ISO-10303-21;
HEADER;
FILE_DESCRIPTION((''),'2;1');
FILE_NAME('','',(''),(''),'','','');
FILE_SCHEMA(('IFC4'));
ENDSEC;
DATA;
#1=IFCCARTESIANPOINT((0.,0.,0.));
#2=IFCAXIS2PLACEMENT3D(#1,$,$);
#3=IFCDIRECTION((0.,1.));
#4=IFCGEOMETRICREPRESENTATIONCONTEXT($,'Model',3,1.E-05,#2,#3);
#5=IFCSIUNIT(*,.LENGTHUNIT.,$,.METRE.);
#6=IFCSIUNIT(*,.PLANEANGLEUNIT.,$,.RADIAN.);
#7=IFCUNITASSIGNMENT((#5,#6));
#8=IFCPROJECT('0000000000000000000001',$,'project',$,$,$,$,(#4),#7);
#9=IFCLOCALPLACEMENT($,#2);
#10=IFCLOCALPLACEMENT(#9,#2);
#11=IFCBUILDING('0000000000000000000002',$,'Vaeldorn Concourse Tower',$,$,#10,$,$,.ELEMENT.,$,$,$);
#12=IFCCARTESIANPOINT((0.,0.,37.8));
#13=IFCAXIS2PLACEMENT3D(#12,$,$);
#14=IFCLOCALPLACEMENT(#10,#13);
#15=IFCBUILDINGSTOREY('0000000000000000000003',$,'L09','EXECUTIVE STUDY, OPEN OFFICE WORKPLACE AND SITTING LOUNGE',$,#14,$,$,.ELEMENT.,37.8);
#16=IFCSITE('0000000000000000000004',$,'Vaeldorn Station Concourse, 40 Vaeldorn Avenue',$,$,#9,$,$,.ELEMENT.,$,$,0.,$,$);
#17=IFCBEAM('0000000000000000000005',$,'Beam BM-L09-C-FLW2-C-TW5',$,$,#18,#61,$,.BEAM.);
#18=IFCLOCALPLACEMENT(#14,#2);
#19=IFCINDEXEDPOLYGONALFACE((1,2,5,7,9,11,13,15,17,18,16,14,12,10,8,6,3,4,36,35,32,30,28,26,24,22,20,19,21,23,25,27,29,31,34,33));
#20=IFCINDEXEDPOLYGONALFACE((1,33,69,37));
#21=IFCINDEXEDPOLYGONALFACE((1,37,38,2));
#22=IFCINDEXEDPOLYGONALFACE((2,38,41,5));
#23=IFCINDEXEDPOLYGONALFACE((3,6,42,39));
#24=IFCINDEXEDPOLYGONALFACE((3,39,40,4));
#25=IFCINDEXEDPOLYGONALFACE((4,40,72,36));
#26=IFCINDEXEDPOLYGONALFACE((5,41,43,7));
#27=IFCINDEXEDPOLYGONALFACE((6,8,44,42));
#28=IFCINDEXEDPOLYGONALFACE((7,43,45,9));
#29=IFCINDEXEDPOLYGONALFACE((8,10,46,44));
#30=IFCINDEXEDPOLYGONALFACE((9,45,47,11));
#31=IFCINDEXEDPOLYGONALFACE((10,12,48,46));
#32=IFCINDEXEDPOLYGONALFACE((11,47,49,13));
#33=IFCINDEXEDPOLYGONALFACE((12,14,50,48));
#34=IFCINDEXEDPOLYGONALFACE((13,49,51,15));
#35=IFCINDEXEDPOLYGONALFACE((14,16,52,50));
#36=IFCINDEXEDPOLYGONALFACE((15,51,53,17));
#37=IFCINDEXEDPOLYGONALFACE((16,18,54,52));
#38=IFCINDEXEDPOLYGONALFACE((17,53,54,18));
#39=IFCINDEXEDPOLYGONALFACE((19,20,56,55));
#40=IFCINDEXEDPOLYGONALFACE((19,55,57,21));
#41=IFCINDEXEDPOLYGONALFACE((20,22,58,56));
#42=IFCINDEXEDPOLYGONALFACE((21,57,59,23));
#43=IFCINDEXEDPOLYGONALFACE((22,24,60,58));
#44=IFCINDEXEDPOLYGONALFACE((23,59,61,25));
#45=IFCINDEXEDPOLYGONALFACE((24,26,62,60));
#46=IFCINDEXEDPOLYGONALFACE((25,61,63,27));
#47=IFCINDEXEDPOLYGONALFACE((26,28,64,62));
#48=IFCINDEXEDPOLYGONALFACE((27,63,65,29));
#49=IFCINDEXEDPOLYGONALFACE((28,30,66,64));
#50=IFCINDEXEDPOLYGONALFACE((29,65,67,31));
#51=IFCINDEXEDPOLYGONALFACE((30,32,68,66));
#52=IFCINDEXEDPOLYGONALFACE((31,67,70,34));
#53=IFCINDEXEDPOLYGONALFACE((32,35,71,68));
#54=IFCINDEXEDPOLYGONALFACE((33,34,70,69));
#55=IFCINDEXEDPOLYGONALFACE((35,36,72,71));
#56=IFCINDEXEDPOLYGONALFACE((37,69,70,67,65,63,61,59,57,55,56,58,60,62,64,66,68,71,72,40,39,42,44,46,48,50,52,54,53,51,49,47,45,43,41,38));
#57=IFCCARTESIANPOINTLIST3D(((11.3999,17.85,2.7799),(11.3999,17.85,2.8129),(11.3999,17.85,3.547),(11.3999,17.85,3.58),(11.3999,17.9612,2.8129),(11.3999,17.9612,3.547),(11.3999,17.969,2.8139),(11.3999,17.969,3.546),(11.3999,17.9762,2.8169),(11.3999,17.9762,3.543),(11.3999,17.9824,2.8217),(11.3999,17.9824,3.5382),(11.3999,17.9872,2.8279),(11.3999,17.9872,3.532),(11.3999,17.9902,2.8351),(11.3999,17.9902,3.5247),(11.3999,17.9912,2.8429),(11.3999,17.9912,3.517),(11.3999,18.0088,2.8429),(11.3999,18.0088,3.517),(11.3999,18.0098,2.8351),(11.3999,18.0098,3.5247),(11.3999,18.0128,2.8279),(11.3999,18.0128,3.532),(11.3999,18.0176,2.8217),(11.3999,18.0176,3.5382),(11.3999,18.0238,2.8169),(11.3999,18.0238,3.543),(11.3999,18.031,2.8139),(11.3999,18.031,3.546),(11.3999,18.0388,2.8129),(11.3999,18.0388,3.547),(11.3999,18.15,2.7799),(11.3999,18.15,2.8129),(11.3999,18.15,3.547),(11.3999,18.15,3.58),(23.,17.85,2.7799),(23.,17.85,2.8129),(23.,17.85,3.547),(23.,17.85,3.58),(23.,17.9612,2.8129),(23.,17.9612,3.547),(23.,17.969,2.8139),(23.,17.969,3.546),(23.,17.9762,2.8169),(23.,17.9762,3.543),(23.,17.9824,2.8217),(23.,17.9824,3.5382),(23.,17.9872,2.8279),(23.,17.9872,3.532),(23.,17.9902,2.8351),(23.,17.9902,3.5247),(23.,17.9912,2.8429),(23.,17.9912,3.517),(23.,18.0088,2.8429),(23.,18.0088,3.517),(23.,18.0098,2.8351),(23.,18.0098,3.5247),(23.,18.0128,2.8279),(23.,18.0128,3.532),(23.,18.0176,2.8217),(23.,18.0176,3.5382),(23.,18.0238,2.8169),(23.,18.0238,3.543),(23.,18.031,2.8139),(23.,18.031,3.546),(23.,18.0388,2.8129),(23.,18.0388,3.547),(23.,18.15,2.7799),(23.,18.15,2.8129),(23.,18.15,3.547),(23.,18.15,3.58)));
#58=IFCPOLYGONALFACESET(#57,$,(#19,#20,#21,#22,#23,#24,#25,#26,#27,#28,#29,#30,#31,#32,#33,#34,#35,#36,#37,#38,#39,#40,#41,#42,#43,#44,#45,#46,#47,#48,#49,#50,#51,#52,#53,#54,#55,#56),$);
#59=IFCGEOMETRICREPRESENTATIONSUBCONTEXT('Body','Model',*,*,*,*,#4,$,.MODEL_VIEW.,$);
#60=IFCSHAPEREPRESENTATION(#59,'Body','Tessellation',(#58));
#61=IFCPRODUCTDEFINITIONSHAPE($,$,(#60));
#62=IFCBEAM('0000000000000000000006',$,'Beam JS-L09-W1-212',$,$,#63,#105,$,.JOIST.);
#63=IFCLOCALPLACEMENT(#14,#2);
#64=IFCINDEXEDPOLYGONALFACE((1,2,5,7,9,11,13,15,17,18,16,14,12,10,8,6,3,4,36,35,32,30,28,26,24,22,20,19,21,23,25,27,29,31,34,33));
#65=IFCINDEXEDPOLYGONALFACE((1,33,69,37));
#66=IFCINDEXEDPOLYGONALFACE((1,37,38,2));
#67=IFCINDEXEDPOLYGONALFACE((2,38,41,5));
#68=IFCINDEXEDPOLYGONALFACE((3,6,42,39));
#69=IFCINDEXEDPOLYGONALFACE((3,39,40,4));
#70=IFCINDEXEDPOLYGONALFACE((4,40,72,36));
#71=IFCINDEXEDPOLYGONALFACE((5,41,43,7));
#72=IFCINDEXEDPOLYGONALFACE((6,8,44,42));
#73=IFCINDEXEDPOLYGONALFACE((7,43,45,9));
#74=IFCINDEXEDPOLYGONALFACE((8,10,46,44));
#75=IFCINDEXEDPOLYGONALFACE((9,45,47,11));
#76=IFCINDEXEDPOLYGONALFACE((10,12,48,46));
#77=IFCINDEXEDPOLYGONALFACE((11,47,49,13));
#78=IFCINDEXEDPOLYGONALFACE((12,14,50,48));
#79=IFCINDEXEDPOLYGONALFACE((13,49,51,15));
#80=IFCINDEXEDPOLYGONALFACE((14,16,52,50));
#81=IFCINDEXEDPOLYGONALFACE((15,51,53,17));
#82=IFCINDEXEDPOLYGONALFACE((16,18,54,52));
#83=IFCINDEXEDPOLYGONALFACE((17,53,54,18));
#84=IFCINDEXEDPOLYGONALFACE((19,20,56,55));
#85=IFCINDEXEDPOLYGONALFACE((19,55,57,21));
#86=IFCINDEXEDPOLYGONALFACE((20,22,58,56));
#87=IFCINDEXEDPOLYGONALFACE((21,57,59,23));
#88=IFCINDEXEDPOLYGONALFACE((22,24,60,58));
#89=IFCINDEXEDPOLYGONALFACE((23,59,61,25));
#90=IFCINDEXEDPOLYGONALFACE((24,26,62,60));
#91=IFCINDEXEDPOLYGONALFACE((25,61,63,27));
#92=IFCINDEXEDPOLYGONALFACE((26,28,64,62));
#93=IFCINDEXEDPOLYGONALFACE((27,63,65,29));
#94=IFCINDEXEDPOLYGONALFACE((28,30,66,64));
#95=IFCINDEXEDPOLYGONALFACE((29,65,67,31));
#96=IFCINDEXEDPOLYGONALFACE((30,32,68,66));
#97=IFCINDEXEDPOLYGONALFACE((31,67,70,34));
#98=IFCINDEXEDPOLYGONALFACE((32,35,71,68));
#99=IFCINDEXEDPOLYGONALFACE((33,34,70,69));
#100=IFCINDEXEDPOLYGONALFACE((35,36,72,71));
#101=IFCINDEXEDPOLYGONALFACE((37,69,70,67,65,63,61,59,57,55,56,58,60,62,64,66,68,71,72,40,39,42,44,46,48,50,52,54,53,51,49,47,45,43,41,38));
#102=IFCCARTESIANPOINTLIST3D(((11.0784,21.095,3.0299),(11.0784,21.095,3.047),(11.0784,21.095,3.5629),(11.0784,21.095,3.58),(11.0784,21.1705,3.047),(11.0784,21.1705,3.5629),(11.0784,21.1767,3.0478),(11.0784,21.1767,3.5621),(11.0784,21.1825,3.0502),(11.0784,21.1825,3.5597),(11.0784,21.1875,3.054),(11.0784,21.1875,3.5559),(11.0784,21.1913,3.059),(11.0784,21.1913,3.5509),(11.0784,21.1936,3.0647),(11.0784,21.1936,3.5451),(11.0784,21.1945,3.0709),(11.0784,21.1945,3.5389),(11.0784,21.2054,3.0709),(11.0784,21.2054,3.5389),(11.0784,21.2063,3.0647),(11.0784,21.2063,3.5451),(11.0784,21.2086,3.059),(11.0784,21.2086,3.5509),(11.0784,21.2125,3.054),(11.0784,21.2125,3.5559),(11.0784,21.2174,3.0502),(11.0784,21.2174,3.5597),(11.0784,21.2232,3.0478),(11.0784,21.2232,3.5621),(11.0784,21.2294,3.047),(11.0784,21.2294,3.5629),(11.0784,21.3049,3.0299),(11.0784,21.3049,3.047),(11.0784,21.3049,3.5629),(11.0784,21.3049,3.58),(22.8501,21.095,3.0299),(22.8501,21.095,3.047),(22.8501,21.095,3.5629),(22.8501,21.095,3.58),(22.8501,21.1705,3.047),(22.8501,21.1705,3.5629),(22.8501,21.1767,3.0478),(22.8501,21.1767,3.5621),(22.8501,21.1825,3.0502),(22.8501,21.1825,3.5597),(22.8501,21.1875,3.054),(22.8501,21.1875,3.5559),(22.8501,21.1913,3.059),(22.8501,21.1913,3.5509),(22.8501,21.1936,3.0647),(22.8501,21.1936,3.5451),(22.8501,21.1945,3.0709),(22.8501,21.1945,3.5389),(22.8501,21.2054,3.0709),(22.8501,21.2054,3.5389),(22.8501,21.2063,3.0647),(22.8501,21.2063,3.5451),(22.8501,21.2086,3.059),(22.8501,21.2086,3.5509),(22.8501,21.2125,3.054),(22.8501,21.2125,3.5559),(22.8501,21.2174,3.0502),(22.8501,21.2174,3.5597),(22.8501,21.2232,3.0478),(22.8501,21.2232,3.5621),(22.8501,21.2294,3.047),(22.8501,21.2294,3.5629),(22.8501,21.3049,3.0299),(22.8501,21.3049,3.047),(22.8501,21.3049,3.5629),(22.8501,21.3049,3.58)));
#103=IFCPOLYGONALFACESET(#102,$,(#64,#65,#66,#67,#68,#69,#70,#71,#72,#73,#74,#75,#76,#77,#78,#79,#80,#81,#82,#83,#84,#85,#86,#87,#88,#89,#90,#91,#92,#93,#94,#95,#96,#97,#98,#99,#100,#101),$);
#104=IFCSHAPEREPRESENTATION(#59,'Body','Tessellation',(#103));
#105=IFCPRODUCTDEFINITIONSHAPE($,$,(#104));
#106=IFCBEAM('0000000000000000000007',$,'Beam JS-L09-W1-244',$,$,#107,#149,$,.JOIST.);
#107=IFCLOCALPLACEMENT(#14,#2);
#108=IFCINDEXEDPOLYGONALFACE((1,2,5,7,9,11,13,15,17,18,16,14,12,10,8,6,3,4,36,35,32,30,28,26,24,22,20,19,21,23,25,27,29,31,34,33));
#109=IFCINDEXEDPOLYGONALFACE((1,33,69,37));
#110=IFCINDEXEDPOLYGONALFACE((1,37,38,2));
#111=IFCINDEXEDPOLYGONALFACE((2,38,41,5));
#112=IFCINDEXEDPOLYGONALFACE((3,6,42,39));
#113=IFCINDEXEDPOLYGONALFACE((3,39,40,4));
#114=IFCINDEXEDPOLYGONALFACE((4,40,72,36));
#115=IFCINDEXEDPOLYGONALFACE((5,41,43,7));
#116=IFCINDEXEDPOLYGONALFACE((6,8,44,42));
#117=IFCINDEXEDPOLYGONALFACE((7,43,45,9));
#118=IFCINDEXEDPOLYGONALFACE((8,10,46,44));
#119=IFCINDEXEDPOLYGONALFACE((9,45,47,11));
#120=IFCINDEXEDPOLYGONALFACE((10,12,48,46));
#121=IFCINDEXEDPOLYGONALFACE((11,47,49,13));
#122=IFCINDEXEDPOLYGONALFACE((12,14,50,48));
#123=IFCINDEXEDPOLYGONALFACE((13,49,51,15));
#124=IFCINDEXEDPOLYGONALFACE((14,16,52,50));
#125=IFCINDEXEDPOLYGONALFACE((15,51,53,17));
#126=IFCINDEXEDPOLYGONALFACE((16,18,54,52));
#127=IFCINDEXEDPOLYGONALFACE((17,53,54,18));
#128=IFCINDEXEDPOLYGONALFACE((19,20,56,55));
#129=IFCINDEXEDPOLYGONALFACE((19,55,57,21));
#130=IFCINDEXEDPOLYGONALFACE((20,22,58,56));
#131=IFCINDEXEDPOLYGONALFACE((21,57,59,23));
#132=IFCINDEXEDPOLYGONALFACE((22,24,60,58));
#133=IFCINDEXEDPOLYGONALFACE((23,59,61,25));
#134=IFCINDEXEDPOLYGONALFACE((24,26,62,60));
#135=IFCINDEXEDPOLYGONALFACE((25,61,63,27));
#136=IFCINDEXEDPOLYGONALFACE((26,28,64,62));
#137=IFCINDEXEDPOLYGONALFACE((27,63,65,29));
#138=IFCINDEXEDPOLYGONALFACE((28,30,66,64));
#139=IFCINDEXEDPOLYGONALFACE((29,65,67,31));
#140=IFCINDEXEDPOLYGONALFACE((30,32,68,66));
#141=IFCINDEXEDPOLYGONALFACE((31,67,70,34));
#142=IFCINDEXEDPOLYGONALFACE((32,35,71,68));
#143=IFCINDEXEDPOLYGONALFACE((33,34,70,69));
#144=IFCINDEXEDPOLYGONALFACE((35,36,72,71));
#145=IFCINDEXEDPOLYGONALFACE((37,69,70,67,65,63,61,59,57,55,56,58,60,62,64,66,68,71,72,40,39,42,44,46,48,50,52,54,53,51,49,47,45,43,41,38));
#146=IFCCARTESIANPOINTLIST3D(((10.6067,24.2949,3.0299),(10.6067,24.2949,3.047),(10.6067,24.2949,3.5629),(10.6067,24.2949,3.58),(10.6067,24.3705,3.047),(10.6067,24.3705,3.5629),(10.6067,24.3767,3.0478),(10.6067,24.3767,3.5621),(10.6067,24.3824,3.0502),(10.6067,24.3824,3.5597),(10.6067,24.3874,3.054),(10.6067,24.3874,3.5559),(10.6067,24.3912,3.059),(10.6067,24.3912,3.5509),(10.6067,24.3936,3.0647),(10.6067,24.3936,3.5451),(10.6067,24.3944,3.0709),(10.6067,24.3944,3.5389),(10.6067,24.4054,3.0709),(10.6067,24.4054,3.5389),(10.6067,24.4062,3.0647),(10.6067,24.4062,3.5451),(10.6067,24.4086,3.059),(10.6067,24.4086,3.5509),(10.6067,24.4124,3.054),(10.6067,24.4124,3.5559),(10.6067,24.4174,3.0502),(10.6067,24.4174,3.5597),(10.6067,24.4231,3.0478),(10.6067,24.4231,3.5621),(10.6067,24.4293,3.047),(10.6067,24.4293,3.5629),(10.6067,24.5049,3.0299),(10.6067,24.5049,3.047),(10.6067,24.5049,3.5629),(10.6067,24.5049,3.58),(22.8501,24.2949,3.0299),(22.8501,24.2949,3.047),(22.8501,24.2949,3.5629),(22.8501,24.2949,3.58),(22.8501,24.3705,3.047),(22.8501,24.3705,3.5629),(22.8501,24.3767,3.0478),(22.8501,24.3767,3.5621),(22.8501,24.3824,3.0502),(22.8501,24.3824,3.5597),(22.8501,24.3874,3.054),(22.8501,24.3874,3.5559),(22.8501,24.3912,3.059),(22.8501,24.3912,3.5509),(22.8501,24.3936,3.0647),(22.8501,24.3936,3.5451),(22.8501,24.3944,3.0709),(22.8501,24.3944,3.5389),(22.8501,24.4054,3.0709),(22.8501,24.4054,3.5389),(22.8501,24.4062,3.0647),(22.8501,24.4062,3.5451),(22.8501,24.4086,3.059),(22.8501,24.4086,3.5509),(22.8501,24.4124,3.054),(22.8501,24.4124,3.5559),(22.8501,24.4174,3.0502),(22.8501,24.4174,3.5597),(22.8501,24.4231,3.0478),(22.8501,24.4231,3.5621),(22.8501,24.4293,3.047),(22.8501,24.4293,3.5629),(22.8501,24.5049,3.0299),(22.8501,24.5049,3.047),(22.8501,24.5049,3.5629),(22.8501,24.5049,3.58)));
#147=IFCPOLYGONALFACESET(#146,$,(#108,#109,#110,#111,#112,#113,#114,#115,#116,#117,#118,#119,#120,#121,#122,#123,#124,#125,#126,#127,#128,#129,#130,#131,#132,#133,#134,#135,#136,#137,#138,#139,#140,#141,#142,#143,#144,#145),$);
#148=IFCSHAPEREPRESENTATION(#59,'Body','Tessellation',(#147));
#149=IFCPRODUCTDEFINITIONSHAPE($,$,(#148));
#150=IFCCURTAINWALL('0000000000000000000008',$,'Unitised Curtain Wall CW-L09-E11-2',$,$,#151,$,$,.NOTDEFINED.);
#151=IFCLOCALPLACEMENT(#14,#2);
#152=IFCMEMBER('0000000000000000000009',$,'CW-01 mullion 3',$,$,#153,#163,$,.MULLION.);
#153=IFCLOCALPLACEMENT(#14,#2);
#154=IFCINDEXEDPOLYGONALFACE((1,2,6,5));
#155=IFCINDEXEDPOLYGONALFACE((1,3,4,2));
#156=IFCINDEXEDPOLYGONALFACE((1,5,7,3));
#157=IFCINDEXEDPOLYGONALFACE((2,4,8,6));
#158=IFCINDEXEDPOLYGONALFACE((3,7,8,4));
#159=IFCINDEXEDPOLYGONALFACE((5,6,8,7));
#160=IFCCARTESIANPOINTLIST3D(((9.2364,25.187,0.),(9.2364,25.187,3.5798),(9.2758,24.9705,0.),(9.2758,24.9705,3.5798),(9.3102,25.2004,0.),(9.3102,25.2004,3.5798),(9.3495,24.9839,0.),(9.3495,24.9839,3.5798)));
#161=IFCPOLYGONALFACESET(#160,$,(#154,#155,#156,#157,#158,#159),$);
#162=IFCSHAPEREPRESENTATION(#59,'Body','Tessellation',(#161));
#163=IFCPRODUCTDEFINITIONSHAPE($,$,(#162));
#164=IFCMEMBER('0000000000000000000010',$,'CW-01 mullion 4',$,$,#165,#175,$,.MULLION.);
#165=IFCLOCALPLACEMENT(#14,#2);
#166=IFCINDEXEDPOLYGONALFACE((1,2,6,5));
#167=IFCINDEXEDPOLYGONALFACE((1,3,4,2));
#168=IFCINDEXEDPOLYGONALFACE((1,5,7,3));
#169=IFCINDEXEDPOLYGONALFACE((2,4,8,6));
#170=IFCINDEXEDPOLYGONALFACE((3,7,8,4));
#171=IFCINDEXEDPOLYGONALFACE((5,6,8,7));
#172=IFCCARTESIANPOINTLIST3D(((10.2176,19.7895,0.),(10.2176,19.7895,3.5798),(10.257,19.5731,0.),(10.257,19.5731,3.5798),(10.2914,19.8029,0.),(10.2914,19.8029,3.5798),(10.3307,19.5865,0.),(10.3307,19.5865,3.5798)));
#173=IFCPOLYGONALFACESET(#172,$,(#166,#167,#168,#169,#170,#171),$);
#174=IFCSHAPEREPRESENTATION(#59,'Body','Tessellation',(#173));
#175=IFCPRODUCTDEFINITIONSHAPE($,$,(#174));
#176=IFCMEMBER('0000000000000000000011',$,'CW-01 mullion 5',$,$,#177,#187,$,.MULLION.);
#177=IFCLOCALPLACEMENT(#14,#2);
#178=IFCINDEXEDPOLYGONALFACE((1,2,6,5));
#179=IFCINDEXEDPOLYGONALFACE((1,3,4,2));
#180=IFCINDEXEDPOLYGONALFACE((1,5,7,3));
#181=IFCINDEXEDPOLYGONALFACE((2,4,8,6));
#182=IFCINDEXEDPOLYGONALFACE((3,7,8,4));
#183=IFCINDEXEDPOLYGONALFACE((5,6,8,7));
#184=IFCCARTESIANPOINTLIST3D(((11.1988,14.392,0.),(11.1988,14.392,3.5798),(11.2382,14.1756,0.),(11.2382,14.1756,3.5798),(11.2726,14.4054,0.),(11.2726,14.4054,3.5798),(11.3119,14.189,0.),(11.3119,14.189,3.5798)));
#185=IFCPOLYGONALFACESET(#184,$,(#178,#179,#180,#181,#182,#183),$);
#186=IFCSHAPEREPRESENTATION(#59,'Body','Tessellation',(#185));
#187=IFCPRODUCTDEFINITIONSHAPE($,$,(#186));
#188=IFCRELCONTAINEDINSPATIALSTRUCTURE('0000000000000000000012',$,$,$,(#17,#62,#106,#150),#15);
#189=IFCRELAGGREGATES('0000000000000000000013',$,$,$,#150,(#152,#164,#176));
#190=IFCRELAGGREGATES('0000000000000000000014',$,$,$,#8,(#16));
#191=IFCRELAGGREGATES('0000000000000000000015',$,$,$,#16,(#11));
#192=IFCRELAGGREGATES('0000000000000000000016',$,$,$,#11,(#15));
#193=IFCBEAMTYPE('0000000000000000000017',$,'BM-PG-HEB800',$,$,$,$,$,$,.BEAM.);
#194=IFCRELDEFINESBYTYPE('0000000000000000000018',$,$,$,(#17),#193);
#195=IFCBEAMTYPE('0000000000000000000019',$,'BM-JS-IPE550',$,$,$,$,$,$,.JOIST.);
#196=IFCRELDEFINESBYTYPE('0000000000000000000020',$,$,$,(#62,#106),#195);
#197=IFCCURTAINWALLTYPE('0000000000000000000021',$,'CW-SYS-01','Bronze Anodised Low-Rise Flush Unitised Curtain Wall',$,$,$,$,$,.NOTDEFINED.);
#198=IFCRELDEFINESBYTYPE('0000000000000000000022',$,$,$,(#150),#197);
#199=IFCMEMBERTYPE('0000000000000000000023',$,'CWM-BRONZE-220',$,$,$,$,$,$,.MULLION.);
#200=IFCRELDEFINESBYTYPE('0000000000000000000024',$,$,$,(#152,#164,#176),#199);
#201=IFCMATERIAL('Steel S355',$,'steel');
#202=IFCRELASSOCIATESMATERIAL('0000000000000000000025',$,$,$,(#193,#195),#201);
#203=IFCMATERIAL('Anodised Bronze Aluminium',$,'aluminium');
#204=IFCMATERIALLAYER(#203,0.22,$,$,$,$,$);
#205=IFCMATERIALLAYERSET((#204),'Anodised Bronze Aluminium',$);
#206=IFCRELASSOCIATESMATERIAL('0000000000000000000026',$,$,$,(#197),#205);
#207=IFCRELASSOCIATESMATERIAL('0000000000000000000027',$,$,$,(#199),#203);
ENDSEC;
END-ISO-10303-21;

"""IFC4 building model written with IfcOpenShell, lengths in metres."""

from ifc_helpers import new_model, si_unit, direction, frame, origin, origin_2d, place, context, subcontext, project, spatial, rectangle, i_section, extrude, source, transform, mapped, material, layer, layer_set, material_profile, profile_set, type_object, element, aggregate, save


model = new_model("IFC4")

# Units and contexts
model_context = context("Model", 3, precision=1e-05, world=origin(), true_north=direction((0.0, 1.0)))
body_context = subcontext(model_context, "Body", "Model", "MODEL_VIEW")
ifc_project = project(units=[si_unit("LENGTHUNIT", "METRE"), si_unit("PLANEANGLEUNIT", "RADIAN")], contexts=[model_context])

# Site, building, storey
site_placement = place(None, origin())
site = spatial("IfcSite", under=ifc_project, at=site_placement, Name="Vaeldorn Station Concourse, 40 Vaeldorn Avenue", CompositionType="ELEMENT", RefElevation=0.0)
building_placement = place(site_placement, origin())
building = spatial("IfcBuilding", under=site, at=building_placement, Name="Vaeldorn Concourse Tower", CompositionType="ELEMENT")
storey_placement = place(building_placement, frame((0.0, 0.0, 37.8)))
storey = spatial("IfcBuildingStorey", under=building, at=storey_placement, Name="L09", Description="EXECUTIVE STUDY, OPEN OFFICE WORKPLACE AND SITTING LOUNGE", CompositionType="ELEMENT", Elevation=37.8)

# Beams
ifc_material_1 = material(Name="Steel S355", Category="steel")
ifc_material_profile_1 = material_profile(ifc_material_1, i_section(OverallWidth=0.3, OverallDepth=0.8, WebThickness=0.0176, FlangeThickness=0.033, FilletRadius=0.03, at=origin_2d()), Name="HEB 800")
ifc_profile_set_1 = profile_set([ifc_material_profile_1], Name="Steel S355")
beam_type_1 = type_object("IfcBeamType", Name="BM-PG-HEB800", PredefinedType="BEAM", material=ifc_profile_set_1)
shared_shape_1 = source(origin(), body_context, "Body", "SweptSolid", [
    extrude(i_section(OverallWidth=0.3, OverallDepth=0.8, WebThickness=0.0176, FlangeThickness=0.033, FilletRadius=0.03, at=origin_2d()), origin(), (0.0, 0.0, 1.0), 11.6001),
])
beam_1_placement = place(storey_placement, frame((11.3999, 18.0, 3.1799), z_axis=(1.0, 0.0, 0.0), x_axis=(0.0, 1.0, 0.0)))
element("IfcBeam", 1, at=beam_1_placement, inside=storey, type_object=beam_type_1, Name="Beam BM-L09-C-FLW2-C-TW5", PredefinedType="BEAM", context=body_context, shape_type="MappedRepresentation", body=[
    mapped(shared_shape_1, transform((0.0, 0.0, 0.0), scale=1.0)),
])
ifc_material_profile_2 = material_profile(ifc_material_1, i_section(OverallWidth=0.21, OverallDepth=0.55, WebThickness=0.011, FlangeThickness=0.0171, FilletRadius=0.0239, at=origin_2d()), Name="IPE 550")
ifc_profile_set_2 = profile_set([ifc_material_profile_2], Name="Steel S355")
beam_type_2 = type_object("IfcBeamType", Name="BM-JS-IPE550", PredefinedType="JOIST", material=ifc_profile_set_2)
shared_shape_2 = source(origin(), body_context, "Body", "SweptSolid", [
    extrude(i_section(OverallWidth=0.21, OverallDepth=0.55, WebThickness=0.011, FlangeThickness=0.0171, FilletRadius=0.0239, at=origin_2d()), origin(), (0.0, 0.0, 1.0), 11.7717),
])
beam_2_placement = place(storey_placement, frame((11.0784, 21.2, 3.3049), z_axis=(1.0, 0.0, 0.0), x_axis=(0.0, 1.0, 0.0)))
element("IfcBeam", 2, at=beam_2_placement, inside=storey, type_object=beam_type_2, Name="Beam JS-L09-W1-212", PredefinedType="JOIST", context=body_context, shape_type="MappedRepresentation", body=[
    mapped(shared_shape_2, transform((0.0, 0.0, 0.0), scale=1.0)),
])
shared_shape_3 = source(origin(), body_context, "Body", "SweptSolid", [
    extrude(i_section(OverallWidth=0.21, OverallDepth=0.55, WebThickness=0.011, FlangeThickness=0.0171, FilletRadius=0.0239, at=origin_2d()), origin(), (0.0, 0.0, 1.0), 12.2434),
])
beam_3_placement = place(storey_placement, frame((10.6067, 24.3999, 3.3049), z_axis=(1.0, 0.0, 0.0), x_axis=(0.0, 1.0, 0.0)))
element("IfcBeam", 3, at=beam_3_placement, inside=storey, type_object=beam_type_2, Name="Beam JS-L09-W1-244", PredefinedType="JOIST", context=body_context, shape_type="MappedRepresentation", body=[
    mapped(shared_shape_3, transform((0.0, 0.0, 0.0), scale=1.0)),
])

# Curtain wall, members
ifc_material_2 = material(Name="Anodised Bronze Aluminium", Category="aluminium")
ifc_layer_1 = layer(ifc_material_2, 0.22)
ifc_layer_set_1 = layer_set([ifc_layer_1], Name="Anodised Bronze Aluminium")
curtain_wall_type = type_object("IfcCurtainWallType", Name="CW-SYS-01", Description="Bronze Anodised Low-Rise Flush Unitised Curtain Wall", PredefinedType="NOTDEFINED", material=ifc_layer_set_1)
curtain_wall_placement = place(storey_placement, origin())
curtain_wall = element("IfcCurtainWall", 4, at=curtain_wall_placement, inside=storey, type_object=curtain_wall_type, Name="Unitised Curtain Wall CW-L09-E11-2", PredefinedType="NOTDEFINED")
ifc_material_profile_3 = material_profile(ifc_material_2, rectangle(XDim=0.075, YDim=0.22, at=origin_2d()), Name="CWM 75x220")
ifc_profile_set_3 = profile_set([ifc_material_profile_3], Name="Anodised Bronze Aluminium")
member_type_1 = type_object("IfcMemberType", Name="CWM-BRONZE-220", PredefinedType="MULLION", material=ifc_profile_set_3)
shared_shape_4 = source(origin(), body_context, "Body", "SweptSolid", [
    extrude(rectangle(XDim=0.075, YDim=0.22, at=origin_2d()), origin(), (0.0, 0.0, 1.0), 3.5798),
])
member_1_placement = place(storey_placement, frame((9.293, 25.0854, 0.0), z_axis=(0.0, 0.0, 1.0), x_axis=(0.983875, 0.178859, 0.0)))
member_1 = element("IfcMember", 5, at=member_1_placement, type_object=member_type_1, Name="CW-01 mullion 3", PredefinedType="MULLION", context=body_context, shape_type="MappedRepresentation", body=[
    mapped(shared_shape_4, transform((0.0, 0.0, 0.0), scale=1.0)),
])
member_2_placement = place(storey_placement, frame((10.2742, 19.688, 0.0), z_axis=(0.0, 0.0, 1.0), x_axis=(0.983875, 0.178859, 0.0)))
member_2 = element("IfcMember", 6, at=member_2_placement, type_object=member_type_1, Name="CW-01 mullion 4", PredefinedType="MULLION", context=body_context, shape_type="MappedRepresentation", body=[
    mapped(shared_shape_4, transform((0.0, 0.0, 0.0), scale=1.0)),
])
member_3_placement = place(storey_placement, frame((11.2554, 14.2905, 0.0), z_axis=(0.0, 0.0, 1.0), x_axis=(0.983875, 0.178859, 0.0)))
member_3 = element("IfcMember", 7, at=member_3_placement, type_object=member_type_1, Name="CW-01 mullion 5", PredefinedType="MULLION", context=body_context, shape_type="MappedRepresentation", body=[
    mapped(shared_shape_4, transform((0.0, 0.0, 0.0), scale=1.0)),
])
aggregate(curtain_wall, [member_1, member_2, member_3])

save(model, "model.ifc")
